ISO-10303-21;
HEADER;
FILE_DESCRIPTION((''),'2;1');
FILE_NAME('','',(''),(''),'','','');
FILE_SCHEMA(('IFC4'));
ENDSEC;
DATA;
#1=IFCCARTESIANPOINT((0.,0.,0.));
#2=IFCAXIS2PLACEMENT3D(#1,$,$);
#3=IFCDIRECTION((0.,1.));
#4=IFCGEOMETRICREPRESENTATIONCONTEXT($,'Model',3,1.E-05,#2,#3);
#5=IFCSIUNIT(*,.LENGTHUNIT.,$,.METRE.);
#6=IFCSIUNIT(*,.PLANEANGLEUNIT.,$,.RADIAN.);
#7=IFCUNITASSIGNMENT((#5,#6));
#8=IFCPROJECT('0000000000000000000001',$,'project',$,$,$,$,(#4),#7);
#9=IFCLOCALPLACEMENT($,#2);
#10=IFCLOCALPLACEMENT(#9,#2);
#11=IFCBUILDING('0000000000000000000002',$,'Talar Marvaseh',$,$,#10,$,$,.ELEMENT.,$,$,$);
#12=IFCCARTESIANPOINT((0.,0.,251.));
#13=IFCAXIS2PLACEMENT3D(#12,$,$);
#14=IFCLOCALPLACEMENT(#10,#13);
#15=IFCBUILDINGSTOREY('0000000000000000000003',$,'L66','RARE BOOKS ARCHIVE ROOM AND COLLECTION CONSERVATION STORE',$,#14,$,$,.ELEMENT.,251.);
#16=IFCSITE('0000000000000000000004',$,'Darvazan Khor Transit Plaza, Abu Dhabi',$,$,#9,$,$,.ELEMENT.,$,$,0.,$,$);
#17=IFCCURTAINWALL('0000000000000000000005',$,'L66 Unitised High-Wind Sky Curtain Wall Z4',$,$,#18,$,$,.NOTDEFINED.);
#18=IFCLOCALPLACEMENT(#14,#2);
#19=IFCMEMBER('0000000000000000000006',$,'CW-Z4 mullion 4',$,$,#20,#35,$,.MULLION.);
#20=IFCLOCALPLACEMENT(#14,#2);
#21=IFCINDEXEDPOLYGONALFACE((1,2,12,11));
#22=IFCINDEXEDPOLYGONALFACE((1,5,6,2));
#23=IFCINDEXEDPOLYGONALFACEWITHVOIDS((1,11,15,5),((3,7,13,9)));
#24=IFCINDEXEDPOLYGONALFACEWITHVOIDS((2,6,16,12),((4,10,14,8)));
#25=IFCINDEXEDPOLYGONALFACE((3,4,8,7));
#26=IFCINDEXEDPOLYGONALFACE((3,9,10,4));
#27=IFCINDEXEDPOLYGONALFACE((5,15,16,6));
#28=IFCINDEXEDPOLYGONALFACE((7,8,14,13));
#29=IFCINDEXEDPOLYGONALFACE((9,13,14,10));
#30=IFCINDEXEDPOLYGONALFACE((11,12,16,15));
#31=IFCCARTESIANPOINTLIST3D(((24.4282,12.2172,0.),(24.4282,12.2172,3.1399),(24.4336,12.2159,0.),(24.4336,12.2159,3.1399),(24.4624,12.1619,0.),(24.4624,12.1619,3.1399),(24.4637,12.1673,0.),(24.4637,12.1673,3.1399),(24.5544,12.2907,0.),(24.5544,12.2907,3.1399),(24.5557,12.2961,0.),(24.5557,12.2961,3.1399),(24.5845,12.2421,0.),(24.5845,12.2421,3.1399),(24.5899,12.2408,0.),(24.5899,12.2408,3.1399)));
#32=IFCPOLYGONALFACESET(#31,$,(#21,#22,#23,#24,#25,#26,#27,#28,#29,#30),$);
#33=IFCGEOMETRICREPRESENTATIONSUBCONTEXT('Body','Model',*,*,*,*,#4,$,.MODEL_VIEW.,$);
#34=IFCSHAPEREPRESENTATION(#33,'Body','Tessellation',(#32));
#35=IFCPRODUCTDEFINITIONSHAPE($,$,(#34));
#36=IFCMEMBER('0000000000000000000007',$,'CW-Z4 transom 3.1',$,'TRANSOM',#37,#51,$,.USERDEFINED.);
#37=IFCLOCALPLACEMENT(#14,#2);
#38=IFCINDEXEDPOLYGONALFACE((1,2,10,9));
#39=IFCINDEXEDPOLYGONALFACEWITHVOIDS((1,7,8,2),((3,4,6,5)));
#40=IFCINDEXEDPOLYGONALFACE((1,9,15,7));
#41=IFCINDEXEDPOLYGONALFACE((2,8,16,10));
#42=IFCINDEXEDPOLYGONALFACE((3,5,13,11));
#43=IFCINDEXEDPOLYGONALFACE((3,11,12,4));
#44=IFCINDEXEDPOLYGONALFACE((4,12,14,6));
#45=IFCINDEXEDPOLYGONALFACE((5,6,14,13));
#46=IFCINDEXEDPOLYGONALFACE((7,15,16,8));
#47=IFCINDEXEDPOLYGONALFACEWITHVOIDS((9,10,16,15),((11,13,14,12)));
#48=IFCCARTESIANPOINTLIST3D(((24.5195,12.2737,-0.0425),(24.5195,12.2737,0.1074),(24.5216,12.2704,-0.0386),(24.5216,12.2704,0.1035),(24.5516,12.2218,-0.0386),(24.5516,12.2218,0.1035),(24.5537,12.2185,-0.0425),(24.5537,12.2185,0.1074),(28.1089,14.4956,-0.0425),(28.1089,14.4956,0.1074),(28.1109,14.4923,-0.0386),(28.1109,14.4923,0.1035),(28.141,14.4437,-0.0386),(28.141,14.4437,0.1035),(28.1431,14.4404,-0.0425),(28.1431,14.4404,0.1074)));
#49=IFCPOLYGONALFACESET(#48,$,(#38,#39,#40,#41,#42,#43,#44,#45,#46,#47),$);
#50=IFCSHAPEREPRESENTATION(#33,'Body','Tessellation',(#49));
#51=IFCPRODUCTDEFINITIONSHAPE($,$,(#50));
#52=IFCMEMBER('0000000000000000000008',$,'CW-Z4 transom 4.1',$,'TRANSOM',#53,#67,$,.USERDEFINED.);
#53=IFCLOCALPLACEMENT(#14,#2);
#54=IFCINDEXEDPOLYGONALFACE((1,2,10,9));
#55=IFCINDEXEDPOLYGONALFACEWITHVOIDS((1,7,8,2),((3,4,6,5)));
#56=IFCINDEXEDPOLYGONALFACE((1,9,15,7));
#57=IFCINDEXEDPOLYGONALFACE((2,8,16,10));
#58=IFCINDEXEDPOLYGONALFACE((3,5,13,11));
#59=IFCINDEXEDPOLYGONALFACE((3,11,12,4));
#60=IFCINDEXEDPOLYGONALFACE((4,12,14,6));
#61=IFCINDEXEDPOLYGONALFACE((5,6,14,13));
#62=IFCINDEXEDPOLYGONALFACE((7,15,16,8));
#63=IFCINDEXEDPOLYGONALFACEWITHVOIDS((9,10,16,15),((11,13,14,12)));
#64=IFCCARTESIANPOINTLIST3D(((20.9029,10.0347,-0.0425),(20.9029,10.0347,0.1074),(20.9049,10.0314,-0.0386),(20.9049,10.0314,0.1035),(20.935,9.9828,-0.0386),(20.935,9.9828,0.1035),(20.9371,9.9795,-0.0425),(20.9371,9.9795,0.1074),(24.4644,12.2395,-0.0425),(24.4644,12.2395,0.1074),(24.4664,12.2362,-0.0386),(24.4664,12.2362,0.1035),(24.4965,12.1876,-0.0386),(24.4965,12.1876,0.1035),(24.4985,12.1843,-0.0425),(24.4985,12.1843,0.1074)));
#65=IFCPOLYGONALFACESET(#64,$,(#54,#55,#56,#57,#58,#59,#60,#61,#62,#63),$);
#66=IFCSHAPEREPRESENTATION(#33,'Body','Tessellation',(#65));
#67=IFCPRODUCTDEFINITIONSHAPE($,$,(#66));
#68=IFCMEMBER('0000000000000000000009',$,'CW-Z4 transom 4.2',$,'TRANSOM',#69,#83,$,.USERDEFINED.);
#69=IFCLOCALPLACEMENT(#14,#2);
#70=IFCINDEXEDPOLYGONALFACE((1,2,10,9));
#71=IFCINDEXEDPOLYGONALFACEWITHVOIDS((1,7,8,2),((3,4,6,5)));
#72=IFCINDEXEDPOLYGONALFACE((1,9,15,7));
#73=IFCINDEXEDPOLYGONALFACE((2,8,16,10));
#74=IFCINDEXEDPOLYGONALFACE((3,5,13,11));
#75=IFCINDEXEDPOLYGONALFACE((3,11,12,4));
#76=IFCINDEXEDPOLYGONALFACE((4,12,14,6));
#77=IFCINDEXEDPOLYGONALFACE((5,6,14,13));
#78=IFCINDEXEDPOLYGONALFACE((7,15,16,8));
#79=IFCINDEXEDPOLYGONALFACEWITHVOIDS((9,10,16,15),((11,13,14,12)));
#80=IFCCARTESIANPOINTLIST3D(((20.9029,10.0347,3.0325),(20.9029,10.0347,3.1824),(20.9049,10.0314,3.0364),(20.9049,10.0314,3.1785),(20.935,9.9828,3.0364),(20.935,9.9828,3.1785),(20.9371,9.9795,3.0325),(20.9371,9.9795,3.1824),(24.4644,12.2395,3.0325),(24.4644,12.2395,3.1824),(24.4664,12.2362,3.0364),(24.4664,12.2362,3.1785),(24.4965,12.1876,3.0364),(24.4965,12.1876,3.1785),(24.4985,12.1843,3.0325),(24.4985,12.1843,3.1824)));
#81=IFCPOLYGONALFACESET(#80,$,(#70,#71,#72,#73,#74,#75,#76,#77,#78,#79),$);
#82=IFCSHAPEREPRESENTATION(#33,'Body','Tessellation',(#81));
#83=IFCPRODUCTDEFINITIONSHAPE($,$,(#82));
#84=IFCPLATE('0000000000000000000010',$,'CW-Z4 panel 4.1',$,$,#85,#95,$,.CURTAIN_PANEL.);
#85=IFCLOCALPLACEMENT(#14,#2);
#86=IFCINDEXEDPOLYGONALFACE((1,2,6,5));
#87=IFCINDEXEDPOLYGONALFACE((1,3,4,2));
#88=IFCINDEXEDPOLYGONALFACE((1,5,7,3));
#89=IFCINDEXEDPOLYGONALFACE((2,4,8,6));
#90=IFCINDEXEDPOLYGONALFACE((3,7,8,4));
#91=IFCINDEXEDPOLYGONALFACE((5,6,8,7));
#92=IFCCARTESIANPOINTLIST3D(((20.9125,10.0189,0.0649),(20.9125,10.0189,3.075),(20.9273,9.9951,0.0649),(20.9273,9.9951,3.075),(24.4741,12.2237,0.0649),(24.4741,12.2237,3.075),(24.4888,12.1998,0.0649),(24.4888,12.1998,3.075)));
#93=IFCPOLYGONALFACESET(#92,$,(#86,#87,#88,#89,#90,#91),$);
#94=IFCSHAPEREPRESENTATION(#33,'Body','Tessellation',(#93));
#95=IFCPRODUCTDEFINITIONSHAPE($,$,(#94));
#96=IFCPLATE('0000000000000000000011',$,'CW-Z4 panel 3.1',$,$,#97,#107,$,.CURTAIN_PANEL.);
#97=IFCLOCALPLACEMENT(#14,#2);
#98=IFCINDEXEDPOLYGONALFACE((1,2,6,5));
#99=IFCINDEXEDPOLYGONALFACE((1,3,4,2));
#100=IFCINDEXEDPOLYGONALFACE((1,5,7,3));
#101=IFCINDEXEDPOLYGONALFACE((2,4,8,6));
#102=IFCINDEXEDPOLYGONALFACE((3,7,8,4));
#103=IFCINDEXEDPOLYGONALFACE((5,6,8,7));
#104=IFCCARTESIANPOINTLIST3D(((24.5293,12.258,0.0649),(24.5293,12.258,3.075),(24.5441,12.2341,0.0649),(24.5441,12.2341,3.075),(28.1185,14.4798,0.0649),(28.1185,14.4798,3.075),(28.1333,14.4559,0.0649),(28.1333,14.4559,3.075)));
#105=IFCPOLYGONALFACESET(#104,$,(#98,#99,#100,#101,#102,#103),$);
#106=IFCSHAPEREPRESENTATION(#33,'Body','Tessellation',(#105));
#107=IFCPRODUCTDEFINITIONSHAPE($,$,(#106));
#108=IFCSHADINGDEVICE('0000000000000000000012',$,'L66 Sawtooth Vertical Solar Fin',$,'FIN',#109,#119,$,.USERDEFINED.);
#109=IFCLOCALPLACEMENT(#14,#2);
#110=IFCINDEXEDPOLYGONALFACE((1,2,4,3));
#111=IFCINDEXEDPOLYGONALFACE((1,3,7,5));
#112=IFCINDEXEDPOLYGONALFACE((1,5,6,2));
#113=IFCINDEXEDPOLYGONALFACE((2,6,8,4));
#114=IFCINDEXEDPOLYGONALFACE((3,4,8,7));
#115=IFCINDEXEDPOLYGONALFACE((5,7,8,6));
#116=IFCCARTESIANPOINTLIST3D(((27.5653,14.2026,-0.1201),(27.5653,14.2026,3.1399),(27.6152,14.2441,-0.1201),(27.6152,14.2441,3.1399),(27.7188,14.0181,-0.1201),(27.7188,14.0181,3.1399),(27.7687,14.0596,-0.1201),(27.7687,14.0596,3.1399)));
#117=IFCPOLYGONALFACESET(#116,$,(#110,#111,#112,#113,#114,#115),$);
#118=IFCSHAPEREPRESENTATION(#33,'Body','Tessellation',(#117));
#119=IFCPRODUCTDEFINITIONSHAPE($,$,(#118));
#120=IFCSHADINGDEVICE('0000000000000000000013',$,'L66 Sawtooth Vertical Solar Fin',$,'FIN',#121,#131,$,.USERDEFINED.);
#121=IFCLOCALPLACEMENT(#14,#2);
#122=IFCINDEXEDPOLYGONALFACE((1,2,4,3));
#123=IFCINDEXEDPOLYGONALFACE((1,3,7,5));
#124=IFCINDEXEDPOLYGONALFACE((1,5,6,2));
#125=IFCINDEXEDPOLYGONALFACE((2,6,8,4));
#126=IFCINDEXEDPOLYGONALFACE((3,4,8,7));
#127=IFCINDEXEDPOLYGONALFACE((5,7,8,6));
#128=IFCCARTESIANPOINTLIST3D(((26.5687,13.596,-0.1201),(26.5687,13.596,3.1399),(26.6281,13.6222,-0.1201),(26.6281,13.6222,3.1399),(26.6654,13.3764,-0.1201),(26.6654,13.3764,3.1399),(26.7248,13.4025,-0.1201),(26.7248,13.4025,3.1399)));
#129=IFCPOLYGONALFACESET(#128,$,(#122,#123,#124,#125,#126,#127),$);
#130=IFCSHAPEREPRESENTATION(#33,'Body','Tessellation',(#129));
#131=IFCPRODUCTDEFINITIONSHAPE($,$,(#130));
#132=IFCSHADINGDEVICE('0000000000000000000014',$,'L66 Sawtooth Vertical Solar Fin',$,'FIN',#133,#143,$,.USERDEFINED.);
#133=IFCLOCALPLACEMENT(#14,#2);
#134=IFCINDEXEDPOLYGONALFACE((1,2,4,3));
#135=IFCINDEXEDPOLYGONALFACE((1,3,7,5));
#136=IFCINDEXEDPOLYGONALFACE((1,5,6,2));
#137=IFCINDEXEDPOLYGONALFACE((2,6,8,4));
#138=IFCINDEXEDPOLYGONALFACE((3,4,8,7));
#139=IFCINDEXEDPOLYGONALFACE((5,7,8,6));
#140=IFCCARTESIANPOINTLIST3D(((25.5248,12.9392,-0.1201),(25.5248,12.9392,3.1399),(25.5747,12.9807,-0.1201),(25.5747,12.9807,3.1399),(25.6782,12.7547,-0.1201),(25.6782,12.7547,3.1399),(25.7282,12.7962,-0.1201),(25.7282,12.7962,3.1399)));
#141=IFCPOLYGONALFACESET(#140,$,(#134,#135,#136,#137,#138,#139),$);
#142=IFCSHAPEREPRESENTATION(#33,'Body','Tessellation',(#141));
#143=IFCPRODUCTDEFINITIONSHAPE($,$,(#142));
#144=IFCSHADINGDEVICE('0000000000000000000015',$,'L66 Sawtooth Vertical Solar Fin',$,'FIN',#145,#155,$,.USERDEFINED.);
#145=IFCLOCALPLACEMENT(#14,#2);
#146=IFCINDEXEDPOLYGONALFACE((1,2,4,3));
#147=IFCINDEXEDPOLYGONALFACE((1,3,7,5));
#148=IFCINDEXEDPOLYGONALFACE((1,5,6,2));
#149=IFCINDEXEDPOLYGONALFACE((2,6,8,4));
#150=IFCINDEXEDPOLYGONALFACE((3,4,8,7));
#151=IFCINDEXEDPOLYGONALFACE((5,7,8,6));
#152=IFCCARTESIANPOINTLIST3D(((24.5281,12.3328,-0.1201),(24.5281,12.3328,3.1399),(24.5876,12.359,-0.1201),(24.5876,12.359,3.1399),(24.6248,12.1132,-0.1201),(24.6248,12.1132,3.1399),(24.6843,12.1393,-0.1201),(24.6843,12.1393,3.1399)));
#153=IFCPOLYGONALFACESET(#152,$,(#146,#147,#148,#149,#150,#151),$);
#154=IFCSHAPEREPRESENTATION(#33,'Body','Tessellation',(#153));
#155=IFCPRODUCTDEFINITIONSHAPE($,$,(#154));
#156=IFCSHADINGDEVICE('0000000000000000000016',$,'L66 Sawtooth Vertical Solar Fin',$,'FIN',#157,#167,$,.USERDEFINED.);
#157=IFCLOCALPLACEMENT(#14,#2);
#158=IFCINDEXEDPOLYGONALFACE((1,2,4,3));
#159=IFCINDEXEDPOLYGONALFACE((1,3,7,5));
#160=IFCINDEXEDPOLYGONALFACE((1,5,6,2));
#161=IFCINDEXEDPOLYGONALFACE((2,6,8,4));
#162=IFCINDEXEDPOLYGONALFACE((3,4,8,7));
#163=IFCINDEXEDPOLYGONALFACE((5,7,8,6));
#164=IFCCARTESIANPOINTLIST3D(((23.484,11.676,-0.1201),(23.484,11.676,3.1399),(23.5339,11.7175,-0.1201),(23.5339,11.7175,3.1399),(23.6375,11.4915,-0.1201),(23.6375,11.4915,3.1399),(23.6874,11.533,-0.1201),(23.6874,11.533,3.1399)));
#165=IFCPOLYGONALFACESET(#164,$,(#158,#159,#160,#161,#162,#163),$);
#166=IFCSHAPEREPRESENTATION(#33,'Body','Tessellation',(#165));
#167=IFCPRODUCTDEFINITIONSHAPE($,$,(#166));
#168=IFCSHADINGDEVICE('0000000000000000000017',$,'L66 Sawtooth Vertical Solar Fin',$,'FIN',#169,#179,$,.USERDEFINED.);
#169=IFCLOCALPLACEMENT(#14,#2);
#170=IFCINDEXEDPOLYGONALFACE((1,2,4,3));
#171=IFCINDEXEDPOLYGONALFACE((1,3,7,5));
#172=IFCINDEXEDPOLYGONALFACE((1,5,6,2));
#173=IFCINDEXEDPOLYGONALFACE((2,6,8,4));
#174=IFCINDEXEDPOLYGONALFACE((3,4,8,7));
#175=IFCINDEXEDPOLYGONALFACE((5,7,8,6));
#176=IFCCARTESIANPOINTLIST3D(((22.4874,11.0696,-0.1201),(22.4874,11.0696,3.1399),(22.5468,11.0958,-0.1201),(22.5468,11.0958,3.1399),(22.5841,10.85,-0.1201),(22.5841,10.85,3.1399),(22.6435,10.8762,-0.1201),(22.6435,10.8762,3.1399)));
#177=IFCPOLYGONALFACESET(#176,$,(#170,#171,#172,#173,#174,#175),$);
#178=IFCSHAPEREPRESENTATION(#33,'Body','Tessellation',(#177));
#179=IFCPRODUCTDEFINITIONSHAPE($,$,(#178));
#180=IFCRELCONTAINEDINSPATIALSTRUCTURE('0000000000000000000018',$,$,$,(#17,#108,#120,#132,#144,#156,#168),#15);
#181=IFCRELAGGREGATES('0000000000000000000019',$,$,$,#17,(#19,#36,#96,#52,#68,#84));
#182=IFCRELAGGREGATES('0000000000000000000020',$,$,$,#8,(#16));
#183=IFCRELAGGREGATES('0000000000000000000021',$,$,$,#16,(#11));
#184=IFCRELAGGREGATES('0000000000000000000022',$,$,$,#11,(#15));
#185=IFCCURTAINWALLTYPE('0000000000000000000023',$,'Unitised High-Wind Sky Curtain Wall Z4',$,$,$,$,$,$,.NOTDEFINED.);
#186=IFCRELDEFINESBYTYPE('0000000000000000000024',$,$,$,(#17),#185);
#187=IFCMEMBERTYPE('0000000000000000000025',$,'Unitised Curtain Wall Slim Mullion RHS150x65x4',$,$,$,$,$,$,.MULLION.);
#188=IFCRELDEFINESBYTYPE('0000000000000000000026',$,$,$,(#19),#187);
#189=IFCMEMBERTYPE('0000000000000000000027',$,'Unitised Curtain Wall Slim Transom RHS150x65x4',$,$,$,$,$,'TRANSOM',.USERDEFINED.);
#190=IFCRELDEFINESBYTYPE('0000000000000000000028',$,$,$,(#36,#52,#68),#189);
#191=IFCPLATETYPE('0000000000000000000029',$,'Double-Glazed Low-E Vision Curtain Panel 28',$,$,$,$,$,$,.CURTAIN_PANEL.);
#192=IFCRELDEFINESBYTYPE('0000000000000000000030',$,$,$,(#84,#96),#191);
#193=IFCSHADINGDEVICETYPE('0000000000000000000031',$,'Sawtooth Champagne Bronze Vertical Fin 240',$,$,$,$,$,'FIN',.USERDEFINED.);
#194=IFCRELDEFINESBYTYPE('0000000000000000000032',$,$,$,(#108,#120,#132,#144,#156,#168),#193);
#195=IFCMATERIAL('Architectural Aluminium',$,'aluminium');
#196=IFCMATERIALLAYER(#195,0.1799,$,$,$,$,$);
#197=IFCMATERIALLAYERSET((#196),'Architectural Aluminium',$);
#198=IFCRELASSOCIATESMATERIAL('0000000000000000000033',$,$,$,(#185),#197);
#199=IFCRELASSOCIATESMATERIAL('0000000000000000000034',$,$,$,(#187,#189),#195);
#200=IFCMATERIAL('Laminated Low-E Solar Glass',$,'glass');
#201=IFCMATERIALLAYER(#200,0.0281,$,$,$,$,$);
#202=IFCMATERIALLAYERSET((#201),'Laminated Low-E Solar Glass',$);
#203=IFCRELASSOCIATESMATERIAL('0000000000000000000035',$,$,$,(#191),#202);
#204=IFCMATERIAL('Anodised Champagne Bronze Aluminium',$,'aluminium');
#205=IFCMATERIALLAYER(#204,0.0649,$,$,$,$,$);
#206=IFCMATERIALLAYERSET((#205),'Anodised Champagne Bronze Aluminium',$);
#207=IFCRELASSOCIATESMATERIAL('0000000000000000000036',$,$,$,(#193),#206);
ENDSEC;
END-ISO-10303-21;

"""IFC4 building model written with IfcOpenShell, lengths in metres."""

from ifc_helpers import new_model, si_unit, direction, frame, origin, origin_2d, place, context, subcontext, project, spatial, rectangle, hollow_rectangle, extrude, source, transform, mapped, material, layer, layer_set, material_profile, profile_set, type_object, type_shapes, element, aggregate, save


model = new_model("IFC4")

# Units and contexts
model_context = context("Model", 3, precision=1e-05, world=origin(), true_north=direction((0.0, 1.0)))
body_context = subcontext(model_context, "Body", "Model", "MODEL_VIEW")
ifc_project = project(units=[si_unit("LENGTHUNIT", "METRE"), si_unit("PLANEANGLEUNIT", "RADIAN")], contexts=[model_context])

# Site, building, storey
site_placement = place(None, origin())
site = spatial("IfcSite", under=ifc_project, at=site_placement, Name="Darvazan Khor Transit Plaza, Abu Dhabi", CompositionType="ELEMENT", RefElevation=0.0)
building_placement = place(site_placement, origin())
building = spatial("IfcBuilding", under=site, at=building_placement, Name="Talar Marvaseh", CompositionType="ELEMENT")
storey_placement = place(building_placement, frame((0.0, 0.0, 251.0)))
storey = spatial("IfcBuildingStorey", under=building, at=storey_placement, Name="L66", Description="RARE BOOKS ARCHIVE ROOM AND COLLECTION CONSERVATION STORE", CompositionType="ELEMENT", Elevation=251.0)

# Curtain wall, members, plates
ifc_material_1 = material(Name="Architectural Aluminium", Category="aluminium")
ifc_layer_1 = layer(ifc_material_1, 0.1799)
ifc_layer_set_1 = layer_set([ifc_layer_1], Name="Architectural Aluminium")
curtain_wall_type = type_object("IfcCurtainWallType", Name="Unitised High-Wind Sky Curtain Wall Z4", PredefinedType="NOTDEFINED", material=ifc_layer_set_1)
curtain_wall_placement = place(storey_placement, origin())
curtain_wall = element("IfcCurtainWall", 1, at=curtain_wall_placement, inside=storey, type_object=curtain_wall_type, Name="L66 Unitised High-Wind Sky Curtain Wall Z4", PredefinedType="NOTDEFINED")
ifc_material_profile_1 = material_profile(ifc_material_1, hollow_rectangle(XDim=0.0649, YDim=0.1499, WallThickness=0.0039, at=origin_2d()), Name="RHS150x65x4")
ifc_profile_set_1 = profile_set([ifc_material_profile_1], Name="Architectural Aluminium")
member_type_1 = type_object("IfcMemberType", Name="Unitised Curtain Wall Slim Mullion RHS150x65x4", PredefinedType="MULLION", material=ifc_profile_set_1)
shared_shape_1 = source(origin(), body_context, "Body", "SweptSolid", [
    extrude(hollow_rectangle(XDim=0.0649, YDim=0.1499, WallThickness=0.0039, at=origin_2d()), origin(), (0.0, 0.0, 1.0), 3.1399),
])
type_shapes(member_type_1, [shared_shape_1])
member_1_placement = place(storey_placement, frame((24.509, 12.229, 0.0), z_axis=(0.0, 0.0, 1.0), x_axis=(0.52635, -0.850268, 0.0)))
member_1 = element("IfcMember", 2, at=member_1_placement, type_object=member_type_1, Name="CW-Z4 mullion 4", PredefinedType="MULLION", context=body_context, shape_type="MappedRepresentation", body=[
    mapped(shared_shape_1, transform((0.0, 0.0, 0.0), x_axis=(1.0, 0.0, 0.0), y_axis=(0.0, 1.0, 0.0), z_axis=(0.0, 0.0, 1.0), scale=1.0)),
])
ifc_material_profile_2 = material_profile(ifc_material_1, hollow_rectangle(XDim=0.0649, YDim=0.1499, WallThickness=0.0039, at=origin_2d()), Name="RHS150x65x4")
ifc_profile_set_2 = profile_set([ifc_material_profile_2], Name="Architectural Aluminium")
member_type_2 = type_object("IfcMemberType", Name="Unitised Curtain Wall Slim Transom RHS150x65x4", ElementType="TRANSOM", PredefinedType="USERDEFINED", material=ifc_profile_set_2)
shared_shape_2 = source(origin(), body_context, "Body", "SweptSolid", [
    extrude(hollow_rectangle(XDim=0.0649, YDim=0.1499, WallThickness=0.0039, at=origin_2d()), origin(), (0.0, 0.0, 1.0), 4.2214),
])
member_2_placement = place(storey_placement, frame((28.126, 14.468, 0.0325), z_axis=(-0.850271, -0.526345, 0.0), x_axis=(0.526345, -0.850271, 0.0)))
member_2 = element("IfcMember", 3, at=member_2_placement, type_object=member_type_2, Name="CW-Z4 transom 3.1", ObjectType="TRANSOM", PredefinedType="USERDEFINED", context=body_context, shape_type="MappedRepresentation", body=[
    mapped(shared_shape_2, transform((0.0, 0.0, 0.0), x_axis=(1.0, 0.0, 0.0), y_axis=(0.0, 1.0, 0.0), z_axis=(0.0, 0.0, 1.0), scale=1.0)),
])
shared_shape_3 = source(origin(), body_context, "Body", "SweptSolid", [
    extrude(hollow_rectangle(XDim=0.0649, YDim=0.1499, WallThickness=0.0039, at=origin_2d()), origin(), (0.0, 0.0, 1.0), 4.1887),
])
type_shapes(member_type_2, [shared_shape_2, shared_shape_3])
member_3_placement = place(storey_placement, frame((24.4814, 12.2119, 0.0325), z_axis=(-0.850256, -0.526369, 0.0), x_axis=(0.526369, -0.850256, 0.0)))
member_3 = element("IfcMember", 4, at=member_3_placement, type_object=member_type_2, Name="CW-Z4 transom 4.1", ObjectType="TRANSOM", PredefinedType="USERDEFINED", context=body_context, shape_type="MappedRepresentation", body=[
    mapped(shared_shape_3, transform((0.0, 0.0, 0.0), x_axis=(1.0, 0.0, 0.0), y_axis=(0.0, 1.0, 0.0), z_axis=(0.0, 0.0, 1.0), scale=1.0)),
])
member_4_placement = place(storey_placement, frame((24.4814, 12.2119, 3.1074), z_axis=(-0.850256, -0.526369, 0.0), x_axis=(0.526369, -0.850256, 0.0)))
member_4 = element("IfcMember", 5, at=member_4_placement, type_object=member_type_2, Name="CW-Z4 transom 4.2", ObjectType="TRANSOM", PredefinedType="USERDEFINED", context=body_context, shape_type="MappedRepresentation", body=[
    mapped(shared_shape_3, transform((0.0, 0.0, 0.0), x_axis=(1.0, 0.0, 0.0), y_axis=(0.0, 1.0, 0.0), z_axis=(0.0, 0.0, 1.0), scale=1.0)),
])
ifc_material_2 = material(Name="Laminated Low-E Solar Glass", Category="glass")
ifc_layer_2 = layer(ifc_material_2, 0.0281)
ifc_layer_set_2 = layer_set([ifc_layer_2], Name="Laminated Low-E Solar Glass")
plate_type = type_object("IfcPlateType", Name="Double-Glazed Low-E Vision Curtain Panel 28", PredefinedType="CURTAIN_PANEL", material=ifc_layer_set_2)
shared_shape_4 = source(origin(), body_context, "Body", "SweptSolid", [
    extrude(rectangle(XDim=4.1887, YDim=0.0281, at=origin_2d()), origin(), (0.0, 0.0, 1.0), 3.01),
])
plate_1_placement = place(storey_placement, frame((22.7007, 11.1094, 0.0649), z_axis=(0.0, 0.0, 1.0), x_axis=(-0.850268, -0.52635, 0.0)))
plate_1 = element("IfcPlate", 6, at=plate_1_placement, type_object=plate_type, Name="CW-Z4 panel 4.1", PredefinedType="CURTAIN_PANEL", context=body_context, shape_type="MappedRepresentation", body=[
    mapped(shared_shape_4, transform((0.0, 0.0, 0.0), x_axis=(1.0, 0.0, 0.0), y_axis=(0.0, 1.0, 0.0), z_axis=(0.0, 0.0, 1.0), scale=1.0)),
])
shared_shape_5 = source(origin(), body_context, "Body", "SweptSolid", [
    extrude(rectangle(XDim=4.2212, YDim=0.0281, at=origin_2d()), origin(), (0.0, 0.0, 1.0), 3.01),
])
type_shapes(plate_type, [shared_shape_4, shared_shape_5])
plate_2_placement = place(storey_placement, frame((26.3313, 13.3569, 0.0649), z_axis=(0.0, 0.0, 1.0), x_axis=(-0.850268, -0.52635, 0.0)))
plate_2 = element("IfcPlate", 7, at=plate_2_placement, type_object=plate_type, Name="CW-Z4 panel 3.1", PredefinedType="CURTAIN_PANEL", context=body_context, shape_type="MappedRepresentation", body=[
    mapped(shared_shape_5, transform((0.0, 0.0, 0.0), x_axis=(1.0, 0.0, 0.0), y_axis=(0.0, 1.0, 0.0), z_axis=(0.0, 0.0, 1.0), scale=1.0)),
])
aggregate(curtain_wall, [member_1, member_2, plate_2, member_3, member_4, plate_1])

# Shading devices
ifc_material_3 = material(Name="Anodised Champagne Bronze Aluminium", Category="aluminium")
ifc_layer_3 = layer(ifc_material_3, 0.0649)
ifc_layer_set_3 = layer_set([ifc_layer_3], Name="Anodised Champagne Bronze Aluminium")
shading_device_type = type_object("IfcShadingDeviceType", Name="Sawtooth Champagne Bronze Vertical Fin 240", ElementType="FIN", PredefinedType="USERDEFINED", material=ifc_layer_set_3)
shared_shape_6 = source(origin(), body_context, "Body", "SweptSolid", [
    extrude(rectangle(XDim=0.24, YDim=0.0649, at=origin_2d()), origin(), (0.0, 0.0, 1.0), 3.26),
])
type_shapes(shading_device_type, [shared_shape_6])
for number, where, z_axis, x_axis, name in (
    (8, (27.667, 14.1311, -0.1201), (0.0, 0.0, 1.0), (0.639573, -0.76873, 0.0), "L66 Sawtooth Vertical Solar Fin"),
    (9, (26.6467, 13.4993, -0.1201), (0.0, 0.0, 1.0), (0.402906, -0.915241, 0.0), "L66 Sawtooth Vertical Solar Fin"),
    (10, (25.6265, 12.8677, -0.1201), (0.0, 0.0, 1.0), (0.639573, -0.76873, 0.0), "L66 Sawtooth Vertical Solar Fin"),
    (11, (24.6062, 12.2361, -0.1201), (0.0, 0.0, 1.0), (0.402906, -0.915241, 0.0), "L66 Sawtooth Vertical Solar Fin"),
    (12, (23.5857, 11.6045, -0.1201), (0.0, 0.0, 1.0), (0.639573, -0.76873, 0.0), "L66 Sawtooth Vertical Solar Fin"),
    (13, (22.5654, 10.9729, -0.1201), (0.0, 0.0, 1.0), (0.402906, -0.915241, 0.0), "L66 Sawtooth Vertical Solar Fin"),
):
    element("IfcShadingDevice", number, at=place(storey_placement, frame(where, z_axis=z_axis, x_axis=x_axis)), inside=storey, type_object=shading_device_type, Name=name, ObjectType="FIN", PredefinedType="USERDEFINED", context=body_context, shape_type="MappedRepresentation", body=[
        mapped(shared_shape_6, transform((0.0, 0.0, 0.0), x_axis=(1.0, 0.0, 0.0), y_axis=(0.0, 1.0, 0.0), z_axis=(0.0, 0.0, 1.0), scale=1.0)),
    ])

save(model, "model.ifc")
